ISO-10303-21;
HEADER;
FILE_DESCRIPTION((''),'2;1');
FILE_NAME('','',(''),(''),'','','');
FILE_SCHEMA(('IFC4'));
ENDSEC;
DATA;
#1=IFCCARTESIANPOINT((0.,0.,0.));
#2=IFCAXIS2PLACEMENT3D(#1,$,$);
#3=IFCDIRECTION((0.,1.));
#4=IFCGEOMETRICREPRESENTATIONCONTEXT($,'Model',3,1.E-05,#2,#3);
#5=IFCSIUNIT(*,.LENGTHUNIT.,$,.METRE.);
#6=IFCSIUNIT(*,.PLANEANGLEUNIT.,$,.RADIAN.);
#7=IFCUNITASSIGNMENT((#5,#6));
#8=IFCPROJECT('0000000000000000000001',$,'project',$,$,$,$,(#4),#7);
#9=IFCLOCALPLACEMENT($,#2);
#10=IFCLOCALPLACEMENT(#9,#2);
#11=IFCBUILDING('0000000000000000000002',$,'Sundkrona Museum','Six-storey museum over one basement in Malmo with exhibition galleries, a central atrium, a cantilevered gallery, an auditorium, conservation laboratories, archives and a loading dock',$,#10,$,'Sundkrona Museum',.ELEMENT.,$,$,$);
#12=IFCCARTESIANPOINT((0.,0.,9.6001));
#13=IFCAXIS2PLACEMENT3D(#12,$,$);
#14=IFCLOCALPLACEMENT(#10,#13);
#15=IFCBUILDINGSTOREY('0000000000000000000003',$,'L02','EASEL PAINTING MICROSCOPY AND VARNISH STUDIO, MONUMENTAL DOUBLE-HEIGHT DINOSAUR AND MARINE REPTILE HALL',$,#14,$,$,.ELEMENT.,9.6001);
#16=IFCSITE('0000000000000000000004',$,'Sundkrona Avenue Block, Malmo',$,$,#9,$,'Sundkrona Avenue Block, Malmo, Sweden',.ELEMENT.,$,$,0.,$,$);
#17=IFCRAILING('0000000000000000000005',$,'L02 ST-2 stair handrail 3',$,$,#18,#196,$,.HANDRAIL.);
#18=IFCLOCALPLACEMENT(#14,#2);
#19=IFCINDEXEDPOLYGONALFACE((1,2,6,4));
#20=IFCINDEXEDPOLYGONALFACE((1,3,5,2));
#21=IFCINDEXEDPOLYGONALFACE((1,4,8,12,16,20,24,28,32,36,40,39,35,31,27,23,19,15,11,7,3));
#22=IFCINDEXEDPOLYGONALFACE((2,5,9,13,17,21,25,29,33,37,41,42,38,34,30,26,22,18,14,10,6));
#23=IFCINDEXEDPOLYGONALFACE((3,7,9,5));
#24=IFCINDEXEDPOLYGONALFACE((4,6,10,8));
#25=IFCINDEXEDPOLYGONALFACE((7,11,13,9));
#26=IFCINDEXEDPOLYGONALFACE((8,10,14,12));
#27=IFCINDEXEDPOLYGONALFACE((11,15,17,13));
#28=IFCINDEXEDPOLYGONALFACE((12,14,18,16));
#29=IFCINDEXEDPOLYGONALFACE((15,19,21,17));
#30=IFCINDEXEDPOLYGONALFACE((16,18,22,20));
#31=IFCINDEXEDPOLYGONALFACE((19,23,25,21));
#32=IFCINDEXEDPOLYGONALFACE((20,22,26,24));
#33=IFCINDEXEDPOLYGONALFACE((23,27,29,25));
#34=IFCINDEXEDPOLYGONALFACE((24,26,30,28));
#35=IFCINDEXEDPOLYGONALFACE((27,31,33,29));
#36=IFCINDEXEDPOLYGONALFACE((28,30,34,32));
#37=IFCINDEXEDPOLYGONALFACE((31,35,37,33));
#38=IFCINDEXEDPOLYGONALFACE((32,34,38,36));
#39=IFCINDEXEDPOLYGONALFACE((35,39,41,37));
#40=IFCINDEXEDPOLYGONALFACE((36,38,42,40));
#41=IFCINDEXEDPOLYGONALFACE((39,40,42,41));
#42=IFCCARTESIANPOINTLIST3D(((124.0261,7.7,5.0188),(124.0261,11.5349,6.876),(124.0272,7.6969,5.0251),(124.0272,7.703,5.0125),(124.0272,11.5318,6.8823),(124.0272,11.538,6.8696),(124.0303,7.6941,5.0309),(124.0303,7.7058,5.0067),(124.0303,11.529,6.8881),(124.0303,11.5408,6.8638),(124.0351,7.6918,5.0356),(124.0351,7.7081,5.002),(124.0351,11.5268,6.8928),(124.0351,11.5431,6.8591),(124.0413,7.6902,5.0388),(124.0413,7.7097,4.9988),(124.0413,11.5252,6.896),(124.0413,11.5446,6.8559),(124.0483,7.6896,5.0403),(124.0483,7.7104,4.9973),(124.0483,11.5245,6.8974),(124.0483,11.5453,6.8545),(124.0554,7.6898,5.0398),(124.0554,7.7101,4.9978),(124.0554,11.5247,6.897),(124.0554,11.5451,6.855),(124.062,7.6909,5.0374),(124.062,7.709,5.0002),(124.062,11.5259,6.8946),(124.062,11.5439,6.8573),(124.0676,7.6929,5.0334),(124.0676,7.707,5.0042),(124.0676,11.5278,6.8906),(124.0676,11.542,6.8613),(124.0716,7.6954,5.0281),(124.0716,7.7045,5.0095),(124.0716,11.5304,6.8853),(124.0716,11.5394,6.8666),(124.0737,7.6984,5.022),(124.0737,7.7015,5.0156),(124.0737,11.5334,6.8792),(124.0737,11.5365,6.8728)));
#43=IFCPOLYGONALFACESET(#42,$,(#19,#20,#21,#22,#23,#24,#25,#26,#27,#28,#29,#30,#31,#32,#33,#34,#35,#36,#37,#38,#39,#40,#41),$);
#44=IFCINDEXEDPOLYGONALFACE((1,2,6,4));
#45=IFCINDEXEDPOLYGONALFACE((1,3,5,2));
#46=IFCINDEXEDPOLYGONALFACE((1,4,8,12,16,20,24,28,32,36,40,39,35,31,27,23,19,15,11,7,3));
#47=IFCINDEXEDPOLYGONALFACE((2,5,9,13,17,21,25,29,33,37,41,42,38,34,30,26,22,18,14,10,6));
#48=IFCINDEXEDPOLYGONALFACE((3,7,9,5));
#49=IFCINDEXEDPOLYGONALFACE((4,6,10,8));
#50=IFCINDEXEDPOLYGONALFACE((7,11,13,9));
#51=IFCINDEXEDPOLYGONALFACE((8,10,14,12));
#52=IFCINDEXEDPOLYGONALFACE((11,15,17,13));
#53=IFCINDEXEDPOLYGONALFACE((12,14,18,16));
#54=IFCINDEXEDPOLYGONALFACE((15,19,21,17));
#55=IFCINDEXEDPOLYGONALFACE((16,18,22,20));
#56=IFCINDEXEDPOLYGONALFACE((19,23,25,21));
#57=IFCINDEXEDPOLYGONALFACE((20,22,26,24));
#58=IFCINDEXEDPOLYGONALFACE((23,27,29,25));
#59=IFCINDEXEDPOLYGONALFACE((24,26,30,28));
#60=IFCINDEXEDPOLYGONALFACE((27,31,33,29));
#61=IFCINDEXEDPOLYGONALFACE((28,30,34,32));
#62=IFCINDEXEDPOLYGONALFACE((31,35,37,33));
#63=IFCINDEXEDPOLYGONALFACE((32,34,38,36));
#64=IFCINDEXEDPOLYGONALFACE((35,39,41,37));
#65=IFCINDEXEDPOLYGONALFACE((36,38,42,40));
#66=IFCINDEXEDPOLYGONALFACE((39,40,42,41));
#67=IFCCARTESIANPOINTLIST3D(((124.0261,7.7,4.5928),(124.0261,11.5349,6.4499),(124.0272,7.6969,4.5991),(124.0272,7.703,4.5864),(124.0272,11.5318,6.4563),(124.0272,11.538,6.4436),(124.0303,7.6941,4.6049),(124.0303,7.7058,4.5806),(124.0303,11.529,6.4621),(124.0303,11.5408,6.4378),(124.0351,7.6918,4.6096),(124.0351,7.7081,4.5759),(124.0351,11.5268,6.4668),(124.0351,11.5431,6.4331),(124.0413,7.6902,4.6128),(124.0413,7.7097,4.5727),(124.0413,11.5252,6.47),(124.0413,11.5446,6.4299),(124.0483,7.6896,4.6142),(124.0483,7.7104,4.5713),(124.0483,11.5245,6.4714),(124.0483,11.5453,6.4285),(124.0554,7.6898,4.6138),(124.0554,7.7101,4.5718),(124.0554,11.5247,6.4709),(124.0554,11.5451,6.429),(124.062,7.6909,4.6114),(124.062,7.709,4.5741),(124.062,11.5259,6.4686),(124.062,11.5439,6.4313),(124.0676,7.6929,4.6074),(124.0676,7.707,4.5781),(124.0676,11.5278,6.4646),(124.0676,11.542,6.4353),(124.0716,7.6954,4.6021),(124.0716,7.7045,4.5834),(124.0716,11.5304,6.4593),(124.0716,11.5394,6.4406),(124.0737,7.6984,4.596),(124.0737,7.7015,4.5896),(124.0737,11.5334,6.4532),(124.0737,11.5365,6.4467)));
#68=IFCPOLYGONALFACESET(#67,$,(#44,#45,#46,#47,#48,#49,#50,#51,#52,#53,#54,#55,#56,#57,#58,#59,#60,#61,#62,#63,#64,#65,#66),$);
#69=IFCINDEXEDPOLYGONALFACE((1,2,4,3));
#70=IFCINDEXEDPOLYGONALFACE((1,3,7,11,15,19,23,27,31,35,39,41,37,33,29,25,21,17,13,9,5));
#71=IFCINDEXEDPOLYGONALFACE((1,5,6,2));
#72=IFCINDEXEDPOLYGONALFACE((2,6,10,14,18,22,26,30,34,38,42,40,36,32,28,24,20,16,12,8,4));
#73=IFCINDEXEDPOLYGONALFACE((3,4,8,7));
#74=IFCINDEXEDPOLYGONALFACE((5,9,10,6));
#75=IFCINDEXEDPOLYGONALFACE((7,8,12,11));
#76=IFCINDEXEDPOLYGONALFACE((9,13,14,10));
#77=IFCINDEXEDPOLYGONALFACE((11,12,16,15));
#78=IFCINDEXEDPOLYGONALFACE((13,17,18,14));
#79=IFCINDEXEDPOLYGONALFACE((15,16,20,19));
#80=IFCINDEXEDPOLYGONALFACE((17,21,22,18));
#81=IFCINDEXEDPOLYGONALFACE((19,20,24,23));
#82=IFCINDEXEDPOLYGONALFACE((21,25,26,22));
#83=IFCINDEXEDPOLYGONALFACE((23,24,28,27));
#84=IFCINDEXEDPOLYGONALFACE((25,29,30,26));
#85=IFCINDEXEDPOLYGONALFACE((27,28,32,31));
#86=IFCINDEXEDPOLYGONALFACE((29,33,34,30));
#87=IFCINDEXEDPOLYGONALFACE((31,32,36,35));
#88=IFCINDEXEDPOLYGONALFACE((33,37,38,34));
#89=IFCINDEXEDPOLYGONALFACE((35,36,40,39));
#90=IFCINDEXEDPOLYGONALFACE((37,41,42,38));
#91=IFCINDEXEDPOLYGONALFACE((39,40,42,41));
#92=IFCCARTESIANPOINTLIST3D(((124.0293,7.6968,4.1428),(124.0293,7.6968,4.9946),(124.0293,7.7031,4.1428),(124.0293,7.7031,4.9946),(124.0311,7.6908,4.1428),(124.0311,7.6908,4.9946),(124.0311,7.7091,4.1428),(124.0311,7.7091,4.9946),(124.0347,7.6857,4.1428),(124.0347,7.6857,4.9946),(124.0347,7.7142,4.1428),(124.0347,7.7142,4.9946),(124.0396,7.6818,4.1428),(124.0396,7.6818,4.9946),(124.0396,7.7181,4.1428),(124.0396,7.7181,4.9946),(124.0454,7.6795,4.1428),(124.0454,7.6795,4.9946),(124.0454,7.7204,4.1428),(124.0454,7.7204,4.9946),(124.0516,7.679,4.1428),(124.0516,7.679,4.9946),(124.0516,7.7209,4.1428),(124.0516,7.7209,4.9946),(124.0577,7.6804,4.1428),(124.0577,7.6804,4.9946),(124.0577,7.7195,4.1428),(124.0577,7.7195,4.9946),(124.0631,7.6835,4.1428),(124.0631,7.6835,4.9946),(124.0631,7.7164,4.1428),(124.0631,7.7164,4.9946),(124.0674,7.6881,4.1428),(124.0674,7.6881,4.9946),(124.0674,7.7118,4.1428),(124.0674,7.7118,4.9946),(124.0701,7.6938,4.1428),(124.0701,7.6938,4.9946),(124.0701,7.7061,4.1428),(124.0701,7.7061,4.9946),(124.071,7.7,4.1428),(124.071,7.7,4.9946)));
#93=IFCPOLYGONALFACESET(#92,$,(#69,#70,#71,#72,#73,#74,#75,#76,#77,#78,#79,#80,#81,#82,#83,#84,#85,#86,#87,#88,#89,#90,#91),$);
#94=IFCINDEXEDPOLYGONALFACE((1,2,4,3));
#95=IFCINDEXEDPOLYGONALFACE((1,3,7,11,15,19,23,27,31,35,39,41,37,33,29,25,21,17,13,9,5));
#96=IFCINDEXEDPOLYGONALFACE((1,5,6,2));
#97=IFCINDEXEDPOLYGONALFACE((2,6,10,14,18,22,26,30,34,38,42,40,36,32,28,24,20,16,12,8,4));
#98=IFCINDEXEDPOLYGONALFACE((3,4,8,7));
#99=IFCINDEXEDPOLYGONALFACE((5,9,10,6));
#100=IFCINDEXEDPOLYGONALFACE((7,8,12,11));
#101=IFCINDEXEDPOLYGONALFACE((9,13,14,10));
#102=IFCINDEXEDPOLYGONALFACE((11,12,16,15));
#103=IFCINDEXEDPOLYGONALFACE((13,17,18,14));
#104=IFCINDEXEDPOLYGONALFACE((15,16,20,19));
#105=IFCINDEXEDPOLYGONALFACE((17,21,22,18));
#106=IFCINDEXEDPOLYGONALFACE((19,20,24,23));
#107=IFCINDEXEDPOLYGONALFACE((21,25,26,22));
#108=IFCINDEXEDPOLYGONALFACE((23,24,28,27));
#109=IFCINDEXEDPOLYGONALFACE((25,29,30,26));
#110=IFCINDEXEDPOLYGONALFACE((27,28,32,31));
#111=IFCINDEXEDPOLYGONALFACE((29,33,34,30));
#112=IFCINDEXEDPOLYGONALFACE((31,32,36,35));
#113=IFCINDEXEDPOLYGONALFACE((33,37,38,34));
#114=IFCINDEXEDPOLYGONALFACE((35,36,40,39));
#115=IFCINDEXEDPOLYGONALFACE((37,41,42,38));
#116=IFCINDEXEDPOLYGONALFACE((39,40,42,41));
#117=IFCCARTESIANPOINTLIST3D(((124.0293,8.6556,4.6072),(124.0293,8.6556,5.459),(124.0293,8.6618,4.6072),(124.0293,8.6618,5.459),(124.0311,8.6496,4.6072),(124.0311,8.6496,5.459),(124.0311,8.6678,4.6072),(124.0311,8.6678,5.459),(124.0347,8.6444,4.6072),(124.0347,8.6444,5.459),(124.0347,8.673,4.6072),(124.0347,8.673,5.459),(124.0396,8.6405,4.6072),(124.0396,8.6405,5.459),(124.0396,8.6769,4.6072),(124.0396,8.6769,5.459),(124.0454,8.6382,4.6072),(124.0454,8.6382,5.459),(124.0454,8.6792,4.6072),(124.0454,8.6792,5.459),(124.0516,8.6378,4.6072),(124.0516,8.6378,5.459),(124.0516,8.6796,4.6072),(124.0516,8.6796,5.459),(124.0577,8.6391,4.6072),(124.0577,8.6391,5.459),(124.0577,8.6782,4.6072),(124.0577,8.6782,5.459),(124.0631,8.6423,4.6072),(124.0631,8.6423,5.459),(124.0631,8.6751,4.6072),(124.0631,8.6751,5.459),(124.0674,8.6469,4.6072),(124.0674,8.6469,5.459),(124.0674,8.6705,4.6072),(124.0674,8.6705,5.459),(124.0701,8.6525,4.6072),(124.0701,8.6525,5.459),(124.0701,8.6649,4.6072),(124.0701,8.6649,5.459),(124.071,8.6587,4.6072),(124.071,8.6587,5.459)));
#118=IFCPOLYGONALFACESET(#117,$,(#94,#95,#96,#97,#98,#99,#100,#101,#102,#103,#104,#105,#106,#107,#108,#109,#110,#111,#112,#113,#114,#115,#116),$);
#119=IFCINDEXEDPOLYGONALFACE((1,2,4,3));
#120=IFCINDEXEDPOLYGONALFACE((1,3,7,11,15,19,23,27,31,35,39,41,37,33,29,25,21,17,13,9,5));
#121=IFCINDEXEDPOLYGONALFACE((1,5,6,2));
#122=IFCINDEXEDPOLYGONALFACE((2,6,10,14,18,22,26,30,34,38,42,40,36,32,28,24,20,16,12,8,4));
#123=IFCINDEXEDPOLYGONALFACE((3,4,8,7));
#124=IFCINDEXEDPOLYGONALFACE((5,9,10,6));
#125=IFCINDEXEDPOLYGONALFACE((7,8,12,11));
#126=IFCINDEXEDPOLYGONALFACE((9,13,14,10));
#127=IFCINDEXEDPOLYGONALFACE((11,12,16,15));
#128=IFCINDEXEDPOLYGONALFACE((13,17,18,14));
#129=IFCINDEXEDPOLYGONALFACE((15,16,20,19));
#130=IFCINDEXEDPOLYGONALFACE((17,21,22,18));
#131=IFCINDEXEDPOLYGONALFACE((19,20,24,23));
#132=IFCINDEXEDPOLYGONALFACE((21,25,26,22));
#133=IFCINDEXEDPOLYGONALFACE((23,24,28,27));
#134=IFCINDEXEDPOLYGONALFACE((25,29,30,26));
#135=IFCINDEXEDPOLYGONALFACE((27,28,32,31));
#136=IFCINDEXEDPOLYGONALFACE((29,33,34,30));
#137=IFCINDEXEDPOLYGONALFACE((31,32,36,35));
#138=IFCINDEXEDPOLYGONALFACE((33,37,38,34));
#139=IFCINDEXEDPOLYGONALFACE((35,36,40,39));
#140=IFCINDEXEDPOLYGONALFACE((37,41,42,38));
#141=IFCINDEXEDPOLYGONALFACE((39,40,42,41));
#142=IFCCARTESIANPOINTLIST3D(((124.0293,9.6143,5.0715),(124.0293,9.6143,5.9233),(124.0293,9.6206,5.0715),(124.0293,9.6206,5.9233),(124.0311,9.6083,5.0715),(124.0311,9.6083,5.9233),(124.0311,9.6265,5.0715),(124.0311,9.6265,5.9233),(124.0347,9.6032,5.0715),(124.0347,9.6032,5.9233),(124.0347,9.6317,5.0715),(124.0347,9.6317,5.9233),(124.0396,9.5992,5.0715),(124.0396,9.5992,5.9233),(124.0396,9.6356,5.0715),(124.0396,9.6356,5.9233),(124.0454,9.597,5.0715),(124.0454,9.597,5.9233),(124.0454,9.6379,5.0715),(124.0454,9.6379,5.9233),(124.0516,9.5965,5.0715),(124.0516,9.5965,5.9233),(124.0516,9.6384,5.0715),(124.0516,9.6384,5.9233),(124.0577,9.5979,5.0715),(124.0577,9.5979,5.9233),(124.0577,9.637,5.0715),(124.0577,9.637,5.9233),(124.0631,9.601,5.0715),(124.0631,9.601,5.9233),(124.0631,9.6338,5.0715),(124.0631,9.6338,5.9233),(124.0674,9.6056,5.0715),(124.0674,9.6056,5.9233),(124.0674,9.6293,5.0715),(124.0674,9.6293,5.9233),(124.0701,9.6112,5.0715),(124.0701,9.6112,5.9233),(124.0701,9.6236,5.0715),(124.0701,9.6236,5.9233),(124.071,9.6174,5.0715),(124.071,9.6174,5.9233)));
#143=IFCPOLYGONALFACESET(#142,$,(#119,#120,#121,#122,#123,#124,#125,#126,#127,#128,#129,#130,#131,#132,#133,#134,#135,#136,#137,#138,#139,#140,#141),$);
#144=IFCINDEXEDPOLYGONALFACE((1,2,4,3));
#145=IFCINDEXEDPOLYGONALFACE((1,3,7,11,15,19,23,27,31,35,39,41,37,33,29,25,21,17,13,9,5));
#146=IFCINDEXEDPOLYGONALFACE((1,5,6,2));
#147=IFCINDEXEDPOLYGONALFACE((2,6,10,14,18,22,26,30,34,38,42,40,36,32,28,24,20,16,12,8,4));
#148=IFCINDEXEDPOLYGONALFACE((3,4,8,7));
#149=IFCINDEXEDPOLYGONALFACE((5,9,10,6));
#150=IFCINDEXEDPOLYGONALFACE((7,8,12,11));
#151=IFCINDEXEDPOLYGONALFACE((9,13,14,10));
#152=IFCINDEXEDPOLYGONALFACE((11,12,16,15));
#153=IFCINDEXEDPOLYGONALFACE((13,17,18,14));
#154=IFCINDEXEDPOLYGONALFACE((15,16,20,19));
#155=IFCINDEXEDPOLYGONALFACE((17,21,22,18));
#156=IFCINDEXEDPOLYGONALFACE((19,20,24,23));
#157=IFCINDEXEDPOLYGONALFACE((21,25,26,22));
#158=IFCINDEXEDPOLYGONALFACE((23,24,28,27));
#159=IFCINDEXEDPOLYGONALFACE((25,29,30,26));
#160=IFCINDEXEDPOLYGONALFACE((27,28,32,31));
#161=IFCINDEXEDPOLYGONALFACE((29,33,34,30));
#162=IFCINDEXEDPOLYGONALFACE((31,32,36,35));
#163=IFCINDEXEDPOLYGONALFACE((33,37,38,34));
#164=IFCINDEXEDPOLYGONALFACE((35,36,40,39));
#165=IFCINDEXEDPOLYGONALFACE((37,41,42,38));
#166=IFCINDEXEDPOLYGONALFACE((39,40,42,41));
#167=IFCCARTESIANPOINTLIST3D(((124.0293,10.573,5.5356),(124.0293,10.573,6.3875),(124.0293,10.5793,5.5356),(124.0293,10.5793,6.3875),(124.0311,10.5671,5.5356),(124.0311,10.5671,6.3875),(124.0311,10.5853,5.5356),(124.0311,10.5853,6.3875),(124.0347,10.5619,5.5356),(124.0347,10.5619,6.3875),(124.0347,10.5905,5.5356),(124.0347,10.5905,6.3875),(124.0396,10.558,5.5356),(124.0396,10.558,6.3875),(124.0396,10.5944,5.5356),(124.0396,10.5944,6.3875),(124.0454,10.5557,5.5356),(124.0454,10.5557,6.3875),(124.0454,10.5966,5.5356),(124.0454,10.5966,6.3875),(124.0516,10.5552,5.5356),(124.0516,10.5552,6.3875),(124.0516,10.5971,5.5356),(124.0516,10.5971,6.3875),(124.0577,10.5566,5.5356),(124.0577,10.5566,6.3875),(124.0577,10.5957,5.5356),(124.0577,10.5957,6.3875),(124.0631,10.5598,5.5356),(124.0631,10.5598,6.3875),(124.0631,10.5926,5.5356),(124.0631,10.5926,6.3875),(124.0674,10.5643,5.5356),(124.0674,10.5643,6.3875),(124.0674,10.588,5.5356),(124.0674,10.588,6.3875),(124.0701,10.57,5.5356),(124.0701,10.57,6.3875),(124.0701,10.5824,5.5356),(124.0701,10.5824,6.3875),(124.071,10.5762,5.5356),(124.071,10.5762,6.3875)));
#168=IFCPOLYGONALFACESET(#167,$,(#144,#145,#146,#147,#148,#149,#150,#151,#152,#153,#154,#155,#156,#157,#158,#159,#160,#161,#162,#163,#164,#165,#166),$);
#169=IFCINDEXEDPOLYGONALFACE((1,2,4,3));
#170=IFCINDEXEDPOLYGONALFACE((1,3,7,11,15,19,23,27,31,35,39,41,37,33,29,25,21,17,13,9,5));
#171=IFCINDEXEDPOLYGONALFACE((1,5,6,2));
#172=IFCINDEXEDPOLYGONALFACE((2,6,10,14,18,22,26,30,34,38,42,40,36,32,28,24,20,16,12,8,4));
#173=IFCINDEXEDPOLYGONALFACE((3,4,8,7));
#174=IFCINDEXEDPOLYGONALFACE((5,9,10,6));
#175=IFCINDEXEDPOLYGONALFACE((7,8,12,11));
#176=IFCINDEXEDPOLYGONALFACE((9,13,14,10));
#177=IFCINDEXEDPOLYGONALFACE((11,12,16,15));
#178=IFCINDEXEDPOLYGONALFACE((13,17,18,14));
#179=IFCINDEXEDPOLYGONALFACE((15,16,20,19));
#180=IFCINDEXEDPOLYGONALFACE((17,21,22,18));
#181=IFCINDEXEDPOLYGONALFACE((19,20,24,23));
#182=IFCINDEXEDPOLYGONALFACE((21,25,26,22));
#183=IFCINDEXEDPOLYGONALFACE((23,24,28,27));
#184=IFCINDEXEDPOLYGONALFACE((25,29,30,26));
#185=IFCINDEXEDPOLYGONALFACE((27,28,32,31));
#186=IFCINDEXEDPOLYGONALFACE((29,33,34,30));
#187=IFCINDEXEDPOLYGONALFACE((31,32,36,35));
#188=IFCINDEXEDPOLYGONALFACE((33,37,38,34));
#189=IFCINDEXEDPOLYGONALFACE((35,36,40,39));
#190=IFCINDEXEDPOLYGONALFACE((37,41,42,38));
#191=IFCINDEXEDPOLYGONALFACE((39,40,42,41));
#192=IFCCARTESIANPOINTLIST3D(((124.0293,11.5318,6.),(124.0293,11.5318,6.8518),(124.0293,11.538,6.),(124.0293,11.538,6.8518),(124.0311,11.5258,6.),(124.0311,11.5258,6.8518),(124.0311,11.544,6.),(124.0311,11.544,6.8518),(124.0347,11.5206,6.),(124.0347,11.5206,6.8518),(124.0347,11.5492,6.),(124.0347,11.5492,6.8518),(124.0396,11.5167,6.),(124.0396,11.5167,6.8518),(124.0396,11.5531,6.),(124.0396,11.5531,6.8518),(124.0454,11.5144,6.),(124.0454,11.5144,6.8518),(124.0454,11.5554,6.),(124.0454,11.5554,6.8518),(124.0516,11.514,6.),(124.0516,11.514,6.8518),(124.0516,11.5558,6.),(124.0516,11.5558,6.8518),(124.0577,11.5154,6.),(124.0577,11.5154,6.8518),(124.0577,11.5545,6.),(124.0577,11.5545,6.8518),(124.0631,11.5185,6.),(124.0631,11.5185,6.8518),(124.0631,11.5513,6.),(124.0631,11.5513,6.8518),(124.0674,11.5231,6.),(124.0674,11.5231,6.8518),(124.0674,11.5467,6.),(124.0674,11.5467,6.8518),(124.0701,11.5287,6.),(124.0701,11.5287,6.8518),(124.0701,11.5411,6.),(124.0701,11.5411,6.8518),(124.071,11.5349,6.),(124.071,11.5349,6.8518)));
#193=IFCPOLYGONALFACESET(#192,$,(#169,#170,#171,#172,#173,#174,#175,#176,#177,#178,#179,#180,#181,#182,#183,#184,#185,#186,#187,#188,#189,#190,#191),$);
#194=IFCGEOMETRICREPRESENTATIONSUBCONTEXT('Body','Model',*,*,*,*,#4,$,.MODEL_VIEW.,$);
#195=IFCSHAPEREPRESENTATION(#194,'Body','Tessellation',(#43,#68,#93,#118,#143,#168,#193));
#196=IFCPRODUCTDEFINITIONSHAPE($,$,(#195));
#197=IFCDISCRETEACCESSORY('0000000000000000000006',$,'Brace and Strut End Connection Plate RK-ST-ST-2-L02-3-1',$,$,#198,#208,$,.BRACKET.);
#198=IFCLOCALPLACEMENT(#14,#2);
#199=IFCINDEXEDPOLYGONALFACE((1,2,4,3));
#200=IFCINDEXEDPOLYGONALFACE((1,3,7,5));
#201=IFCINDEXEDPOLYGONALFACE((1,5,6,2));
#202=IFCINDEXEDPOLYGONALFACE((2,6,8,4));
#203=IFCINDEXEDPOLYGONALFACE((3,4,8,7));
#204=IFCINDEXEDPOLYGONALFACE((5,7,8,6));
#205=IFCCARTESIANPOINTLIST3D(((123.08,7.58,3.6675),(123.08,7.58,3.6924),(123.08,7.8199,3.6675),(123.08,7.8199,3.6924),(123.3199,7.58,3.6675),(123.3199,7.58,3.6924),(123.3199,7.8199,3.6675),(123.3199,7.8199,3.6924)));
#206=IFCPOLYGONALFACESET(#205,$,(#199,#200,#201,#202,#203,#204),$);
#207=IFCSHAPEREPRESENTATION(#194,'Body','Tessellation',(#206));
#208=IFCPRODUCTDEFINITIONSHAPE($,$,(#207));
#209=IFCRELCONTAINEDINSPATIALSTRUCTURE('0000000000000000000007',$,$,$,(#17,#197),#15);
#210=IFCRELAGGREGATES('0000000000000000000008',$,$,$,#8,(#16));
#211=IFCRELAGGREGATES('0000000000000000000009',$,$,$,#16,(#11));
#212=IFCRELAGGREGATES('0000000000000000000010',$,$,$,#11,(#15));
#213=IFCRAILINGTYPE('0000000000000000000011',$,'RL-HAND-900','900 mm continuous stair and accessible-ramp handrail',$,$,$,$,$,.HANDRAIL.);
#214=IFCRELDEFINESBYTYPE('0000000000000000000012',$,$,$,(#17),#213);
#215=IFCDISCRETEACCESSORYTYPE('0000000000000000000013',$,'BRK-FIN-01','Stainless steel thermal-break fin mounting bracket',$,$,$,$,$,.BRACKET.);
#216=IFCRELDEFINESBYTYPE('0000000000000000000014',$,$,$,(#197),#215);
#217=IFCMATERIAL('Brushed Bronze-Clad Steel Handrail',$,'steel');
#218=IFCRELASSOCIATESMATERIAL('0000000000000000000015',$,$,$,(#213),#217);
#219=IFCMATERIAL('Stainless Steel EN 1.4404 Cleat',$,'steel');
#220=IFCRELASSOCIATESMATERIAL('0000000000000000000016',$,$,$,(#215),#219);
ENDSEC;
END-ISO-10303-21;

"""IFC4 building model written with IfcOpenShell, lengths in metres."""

from ifc_helpers import new_model, si_unit, direction, frame, origin, origin_2d, place, context, subcontext, project, spatial, rectangle, circle, extrude, material, type_object, element, save


model = new_model("IFC4")

# Units and contexts
model_context = context("Model", 3, precision=1e-05, world=origin(), true_north=direction((0.0, 1.0)))
body_context = subcontext(model_context, "Body", "Model", "MODEL_VIEW")
ifc_project = project(units=[si_unit("LENGTHUNIT", "METRE"), si_unit("PLANEANGLEUNIT", "RADIAN")], contexts=[model_context])

# Site, building, storey
site_placement = place(None, origin())
site = spatial("IfcSite", under=ifc_project, at=site_placement, Name="Sundkrona Avenue Block, Malmo", LongName="Sundkrona Avenue Block, Malmo, Sweden", CompositionType="ELEMENT", RefElevation=0.0)
building_placement = place(site_placement, origin())
building = spatial("IfcBuilding", under=site, at=building_placement, Name="Sundkrona Museum", Description="Six-storey museum over one basement in Malmo with exhibition galleries, a central atrium, a cantilevered gallery, an auditorium, conservation laboratories, archives and a loading dock", LongName="Sundkrona Museum", CompositionType="ELEMENT")
storey_placement = place(building_placement, frame((0.0, 0.0, 9.6001)))
storey = spatial("IfcBuildingStorey", under=building, at=storey_placement, Name="L02", Description="EASEL PAINTING MICROSCOPY AND VARNISH STUDIO, MONUMENTAL DOUBLE-HEIGHT DINOSAUR AND MARINE REPTILE HALL", CompositionType="ELEMENT", Elevation=9.6001)

# Railing
ifc_material_1 = material(Name="Brushed Bronze-Clad Steel Handrail", Category="steel")
railing_type_1 = type_object("IfcRailingType", Name="RL-HAND-900", Description="900 mm continuous stair and accessible-ramp handrail", PredefinedType="HANDRAIL", material=ifc_material_1)
for number, where, name in (
    (1, (124.05, 7.7, 4.1428), "L02 ST-2 stair handrail 3"),
):
    element("IfcRailing", number, at=place(storey_placement, frame(where)), inside=storey, type_object=railing_type_1, Name=name, PredefinedType="HANDRAIL", context=body_context, shape_type="SweptSolid", body=[
        extrude(circle(Radius=0.0239, at=origin_2d()), frame((0.0, 0.0, 0.876), z_axis=(0.0, 0.900016, 0.435856), x_axis=(-1.0, 0.0, 0.0)), (0.0, 0.0, 1.0), 4.261),
        extrude(circle(Radius=0.0239, at=origin_2d()), frame((0.0, 0.0, 0.45), z_axis=(0.0, 0.900016, 0.435856), x_axis=(-1.0, 0.0, 0.0)), (0.0, 0.0, 1.0), 4.261),
        extrude(circle(Radius=0.021, at=origin_2d()), origin(), (0.0, 0.0, 1.0), 0.8518),
        extrude(circle(Radius=0.021, at=origin_2d()), frame((0.0, 0.9587, 0.4644)), (0.0, 0.0, 1.0), 0.8518),
        extrude(circle(Radius=0.021, at=origin_2d()), frame((0.0, 1.9175, 0.9287)), (0.0, 0.0, 1.0), 0.8518),
        extrude(circle(Radius=0.021, at=origin_2d()), frame((0.0, 2.8762, 1.3928)), (0.0, 0.0, 1.0), 0.8518),
        extrude(circle(Radius=0.021, at=origin_2d()), frame((0.0, 3.835, 1.8572)), (0.0, 0.0, 1.0), 0.8518),
    ])

# Discrete accessory
ifc_material_2 = material(Name="Stainless Steel EN 1.4404 Cleat", Category="steel")
discrete_accessory_type = type_object("IfcDiscreteAccessoryType", Name="BRK-FIN-01", Description="Stainless steel thermal-break fin mounting bracket", PredefinedType="BRACKET", material=ifc_material_2)
for number, where, z_axis, x_axis, name in (
    (2, (123.2, 7.7, 3.6675), (0.0, 0.0, 1.0), (1.0, 0.0, 0.0), "Brace and Strut End Connection Plate RK-ST-ST-2-L02-3-1"),
):
    element("IfcDiscreteAccessory", number, at=place(storey_placement, frame(where, z_axis=z_axis, x_axis=x_axis)), inside=storey, type_object=discrete_accessory_type, Name=name, PredefinedType="BRACKET", context=body_context, shape_type="SweptSolid", body=[
        extrude(rectangle(XDim=0.24, YDim=0.24, at=origin_2d()), origin(), (0.0, 0.0, 1.0), 0.0249),
    ])

save(model, "model.ifc")
